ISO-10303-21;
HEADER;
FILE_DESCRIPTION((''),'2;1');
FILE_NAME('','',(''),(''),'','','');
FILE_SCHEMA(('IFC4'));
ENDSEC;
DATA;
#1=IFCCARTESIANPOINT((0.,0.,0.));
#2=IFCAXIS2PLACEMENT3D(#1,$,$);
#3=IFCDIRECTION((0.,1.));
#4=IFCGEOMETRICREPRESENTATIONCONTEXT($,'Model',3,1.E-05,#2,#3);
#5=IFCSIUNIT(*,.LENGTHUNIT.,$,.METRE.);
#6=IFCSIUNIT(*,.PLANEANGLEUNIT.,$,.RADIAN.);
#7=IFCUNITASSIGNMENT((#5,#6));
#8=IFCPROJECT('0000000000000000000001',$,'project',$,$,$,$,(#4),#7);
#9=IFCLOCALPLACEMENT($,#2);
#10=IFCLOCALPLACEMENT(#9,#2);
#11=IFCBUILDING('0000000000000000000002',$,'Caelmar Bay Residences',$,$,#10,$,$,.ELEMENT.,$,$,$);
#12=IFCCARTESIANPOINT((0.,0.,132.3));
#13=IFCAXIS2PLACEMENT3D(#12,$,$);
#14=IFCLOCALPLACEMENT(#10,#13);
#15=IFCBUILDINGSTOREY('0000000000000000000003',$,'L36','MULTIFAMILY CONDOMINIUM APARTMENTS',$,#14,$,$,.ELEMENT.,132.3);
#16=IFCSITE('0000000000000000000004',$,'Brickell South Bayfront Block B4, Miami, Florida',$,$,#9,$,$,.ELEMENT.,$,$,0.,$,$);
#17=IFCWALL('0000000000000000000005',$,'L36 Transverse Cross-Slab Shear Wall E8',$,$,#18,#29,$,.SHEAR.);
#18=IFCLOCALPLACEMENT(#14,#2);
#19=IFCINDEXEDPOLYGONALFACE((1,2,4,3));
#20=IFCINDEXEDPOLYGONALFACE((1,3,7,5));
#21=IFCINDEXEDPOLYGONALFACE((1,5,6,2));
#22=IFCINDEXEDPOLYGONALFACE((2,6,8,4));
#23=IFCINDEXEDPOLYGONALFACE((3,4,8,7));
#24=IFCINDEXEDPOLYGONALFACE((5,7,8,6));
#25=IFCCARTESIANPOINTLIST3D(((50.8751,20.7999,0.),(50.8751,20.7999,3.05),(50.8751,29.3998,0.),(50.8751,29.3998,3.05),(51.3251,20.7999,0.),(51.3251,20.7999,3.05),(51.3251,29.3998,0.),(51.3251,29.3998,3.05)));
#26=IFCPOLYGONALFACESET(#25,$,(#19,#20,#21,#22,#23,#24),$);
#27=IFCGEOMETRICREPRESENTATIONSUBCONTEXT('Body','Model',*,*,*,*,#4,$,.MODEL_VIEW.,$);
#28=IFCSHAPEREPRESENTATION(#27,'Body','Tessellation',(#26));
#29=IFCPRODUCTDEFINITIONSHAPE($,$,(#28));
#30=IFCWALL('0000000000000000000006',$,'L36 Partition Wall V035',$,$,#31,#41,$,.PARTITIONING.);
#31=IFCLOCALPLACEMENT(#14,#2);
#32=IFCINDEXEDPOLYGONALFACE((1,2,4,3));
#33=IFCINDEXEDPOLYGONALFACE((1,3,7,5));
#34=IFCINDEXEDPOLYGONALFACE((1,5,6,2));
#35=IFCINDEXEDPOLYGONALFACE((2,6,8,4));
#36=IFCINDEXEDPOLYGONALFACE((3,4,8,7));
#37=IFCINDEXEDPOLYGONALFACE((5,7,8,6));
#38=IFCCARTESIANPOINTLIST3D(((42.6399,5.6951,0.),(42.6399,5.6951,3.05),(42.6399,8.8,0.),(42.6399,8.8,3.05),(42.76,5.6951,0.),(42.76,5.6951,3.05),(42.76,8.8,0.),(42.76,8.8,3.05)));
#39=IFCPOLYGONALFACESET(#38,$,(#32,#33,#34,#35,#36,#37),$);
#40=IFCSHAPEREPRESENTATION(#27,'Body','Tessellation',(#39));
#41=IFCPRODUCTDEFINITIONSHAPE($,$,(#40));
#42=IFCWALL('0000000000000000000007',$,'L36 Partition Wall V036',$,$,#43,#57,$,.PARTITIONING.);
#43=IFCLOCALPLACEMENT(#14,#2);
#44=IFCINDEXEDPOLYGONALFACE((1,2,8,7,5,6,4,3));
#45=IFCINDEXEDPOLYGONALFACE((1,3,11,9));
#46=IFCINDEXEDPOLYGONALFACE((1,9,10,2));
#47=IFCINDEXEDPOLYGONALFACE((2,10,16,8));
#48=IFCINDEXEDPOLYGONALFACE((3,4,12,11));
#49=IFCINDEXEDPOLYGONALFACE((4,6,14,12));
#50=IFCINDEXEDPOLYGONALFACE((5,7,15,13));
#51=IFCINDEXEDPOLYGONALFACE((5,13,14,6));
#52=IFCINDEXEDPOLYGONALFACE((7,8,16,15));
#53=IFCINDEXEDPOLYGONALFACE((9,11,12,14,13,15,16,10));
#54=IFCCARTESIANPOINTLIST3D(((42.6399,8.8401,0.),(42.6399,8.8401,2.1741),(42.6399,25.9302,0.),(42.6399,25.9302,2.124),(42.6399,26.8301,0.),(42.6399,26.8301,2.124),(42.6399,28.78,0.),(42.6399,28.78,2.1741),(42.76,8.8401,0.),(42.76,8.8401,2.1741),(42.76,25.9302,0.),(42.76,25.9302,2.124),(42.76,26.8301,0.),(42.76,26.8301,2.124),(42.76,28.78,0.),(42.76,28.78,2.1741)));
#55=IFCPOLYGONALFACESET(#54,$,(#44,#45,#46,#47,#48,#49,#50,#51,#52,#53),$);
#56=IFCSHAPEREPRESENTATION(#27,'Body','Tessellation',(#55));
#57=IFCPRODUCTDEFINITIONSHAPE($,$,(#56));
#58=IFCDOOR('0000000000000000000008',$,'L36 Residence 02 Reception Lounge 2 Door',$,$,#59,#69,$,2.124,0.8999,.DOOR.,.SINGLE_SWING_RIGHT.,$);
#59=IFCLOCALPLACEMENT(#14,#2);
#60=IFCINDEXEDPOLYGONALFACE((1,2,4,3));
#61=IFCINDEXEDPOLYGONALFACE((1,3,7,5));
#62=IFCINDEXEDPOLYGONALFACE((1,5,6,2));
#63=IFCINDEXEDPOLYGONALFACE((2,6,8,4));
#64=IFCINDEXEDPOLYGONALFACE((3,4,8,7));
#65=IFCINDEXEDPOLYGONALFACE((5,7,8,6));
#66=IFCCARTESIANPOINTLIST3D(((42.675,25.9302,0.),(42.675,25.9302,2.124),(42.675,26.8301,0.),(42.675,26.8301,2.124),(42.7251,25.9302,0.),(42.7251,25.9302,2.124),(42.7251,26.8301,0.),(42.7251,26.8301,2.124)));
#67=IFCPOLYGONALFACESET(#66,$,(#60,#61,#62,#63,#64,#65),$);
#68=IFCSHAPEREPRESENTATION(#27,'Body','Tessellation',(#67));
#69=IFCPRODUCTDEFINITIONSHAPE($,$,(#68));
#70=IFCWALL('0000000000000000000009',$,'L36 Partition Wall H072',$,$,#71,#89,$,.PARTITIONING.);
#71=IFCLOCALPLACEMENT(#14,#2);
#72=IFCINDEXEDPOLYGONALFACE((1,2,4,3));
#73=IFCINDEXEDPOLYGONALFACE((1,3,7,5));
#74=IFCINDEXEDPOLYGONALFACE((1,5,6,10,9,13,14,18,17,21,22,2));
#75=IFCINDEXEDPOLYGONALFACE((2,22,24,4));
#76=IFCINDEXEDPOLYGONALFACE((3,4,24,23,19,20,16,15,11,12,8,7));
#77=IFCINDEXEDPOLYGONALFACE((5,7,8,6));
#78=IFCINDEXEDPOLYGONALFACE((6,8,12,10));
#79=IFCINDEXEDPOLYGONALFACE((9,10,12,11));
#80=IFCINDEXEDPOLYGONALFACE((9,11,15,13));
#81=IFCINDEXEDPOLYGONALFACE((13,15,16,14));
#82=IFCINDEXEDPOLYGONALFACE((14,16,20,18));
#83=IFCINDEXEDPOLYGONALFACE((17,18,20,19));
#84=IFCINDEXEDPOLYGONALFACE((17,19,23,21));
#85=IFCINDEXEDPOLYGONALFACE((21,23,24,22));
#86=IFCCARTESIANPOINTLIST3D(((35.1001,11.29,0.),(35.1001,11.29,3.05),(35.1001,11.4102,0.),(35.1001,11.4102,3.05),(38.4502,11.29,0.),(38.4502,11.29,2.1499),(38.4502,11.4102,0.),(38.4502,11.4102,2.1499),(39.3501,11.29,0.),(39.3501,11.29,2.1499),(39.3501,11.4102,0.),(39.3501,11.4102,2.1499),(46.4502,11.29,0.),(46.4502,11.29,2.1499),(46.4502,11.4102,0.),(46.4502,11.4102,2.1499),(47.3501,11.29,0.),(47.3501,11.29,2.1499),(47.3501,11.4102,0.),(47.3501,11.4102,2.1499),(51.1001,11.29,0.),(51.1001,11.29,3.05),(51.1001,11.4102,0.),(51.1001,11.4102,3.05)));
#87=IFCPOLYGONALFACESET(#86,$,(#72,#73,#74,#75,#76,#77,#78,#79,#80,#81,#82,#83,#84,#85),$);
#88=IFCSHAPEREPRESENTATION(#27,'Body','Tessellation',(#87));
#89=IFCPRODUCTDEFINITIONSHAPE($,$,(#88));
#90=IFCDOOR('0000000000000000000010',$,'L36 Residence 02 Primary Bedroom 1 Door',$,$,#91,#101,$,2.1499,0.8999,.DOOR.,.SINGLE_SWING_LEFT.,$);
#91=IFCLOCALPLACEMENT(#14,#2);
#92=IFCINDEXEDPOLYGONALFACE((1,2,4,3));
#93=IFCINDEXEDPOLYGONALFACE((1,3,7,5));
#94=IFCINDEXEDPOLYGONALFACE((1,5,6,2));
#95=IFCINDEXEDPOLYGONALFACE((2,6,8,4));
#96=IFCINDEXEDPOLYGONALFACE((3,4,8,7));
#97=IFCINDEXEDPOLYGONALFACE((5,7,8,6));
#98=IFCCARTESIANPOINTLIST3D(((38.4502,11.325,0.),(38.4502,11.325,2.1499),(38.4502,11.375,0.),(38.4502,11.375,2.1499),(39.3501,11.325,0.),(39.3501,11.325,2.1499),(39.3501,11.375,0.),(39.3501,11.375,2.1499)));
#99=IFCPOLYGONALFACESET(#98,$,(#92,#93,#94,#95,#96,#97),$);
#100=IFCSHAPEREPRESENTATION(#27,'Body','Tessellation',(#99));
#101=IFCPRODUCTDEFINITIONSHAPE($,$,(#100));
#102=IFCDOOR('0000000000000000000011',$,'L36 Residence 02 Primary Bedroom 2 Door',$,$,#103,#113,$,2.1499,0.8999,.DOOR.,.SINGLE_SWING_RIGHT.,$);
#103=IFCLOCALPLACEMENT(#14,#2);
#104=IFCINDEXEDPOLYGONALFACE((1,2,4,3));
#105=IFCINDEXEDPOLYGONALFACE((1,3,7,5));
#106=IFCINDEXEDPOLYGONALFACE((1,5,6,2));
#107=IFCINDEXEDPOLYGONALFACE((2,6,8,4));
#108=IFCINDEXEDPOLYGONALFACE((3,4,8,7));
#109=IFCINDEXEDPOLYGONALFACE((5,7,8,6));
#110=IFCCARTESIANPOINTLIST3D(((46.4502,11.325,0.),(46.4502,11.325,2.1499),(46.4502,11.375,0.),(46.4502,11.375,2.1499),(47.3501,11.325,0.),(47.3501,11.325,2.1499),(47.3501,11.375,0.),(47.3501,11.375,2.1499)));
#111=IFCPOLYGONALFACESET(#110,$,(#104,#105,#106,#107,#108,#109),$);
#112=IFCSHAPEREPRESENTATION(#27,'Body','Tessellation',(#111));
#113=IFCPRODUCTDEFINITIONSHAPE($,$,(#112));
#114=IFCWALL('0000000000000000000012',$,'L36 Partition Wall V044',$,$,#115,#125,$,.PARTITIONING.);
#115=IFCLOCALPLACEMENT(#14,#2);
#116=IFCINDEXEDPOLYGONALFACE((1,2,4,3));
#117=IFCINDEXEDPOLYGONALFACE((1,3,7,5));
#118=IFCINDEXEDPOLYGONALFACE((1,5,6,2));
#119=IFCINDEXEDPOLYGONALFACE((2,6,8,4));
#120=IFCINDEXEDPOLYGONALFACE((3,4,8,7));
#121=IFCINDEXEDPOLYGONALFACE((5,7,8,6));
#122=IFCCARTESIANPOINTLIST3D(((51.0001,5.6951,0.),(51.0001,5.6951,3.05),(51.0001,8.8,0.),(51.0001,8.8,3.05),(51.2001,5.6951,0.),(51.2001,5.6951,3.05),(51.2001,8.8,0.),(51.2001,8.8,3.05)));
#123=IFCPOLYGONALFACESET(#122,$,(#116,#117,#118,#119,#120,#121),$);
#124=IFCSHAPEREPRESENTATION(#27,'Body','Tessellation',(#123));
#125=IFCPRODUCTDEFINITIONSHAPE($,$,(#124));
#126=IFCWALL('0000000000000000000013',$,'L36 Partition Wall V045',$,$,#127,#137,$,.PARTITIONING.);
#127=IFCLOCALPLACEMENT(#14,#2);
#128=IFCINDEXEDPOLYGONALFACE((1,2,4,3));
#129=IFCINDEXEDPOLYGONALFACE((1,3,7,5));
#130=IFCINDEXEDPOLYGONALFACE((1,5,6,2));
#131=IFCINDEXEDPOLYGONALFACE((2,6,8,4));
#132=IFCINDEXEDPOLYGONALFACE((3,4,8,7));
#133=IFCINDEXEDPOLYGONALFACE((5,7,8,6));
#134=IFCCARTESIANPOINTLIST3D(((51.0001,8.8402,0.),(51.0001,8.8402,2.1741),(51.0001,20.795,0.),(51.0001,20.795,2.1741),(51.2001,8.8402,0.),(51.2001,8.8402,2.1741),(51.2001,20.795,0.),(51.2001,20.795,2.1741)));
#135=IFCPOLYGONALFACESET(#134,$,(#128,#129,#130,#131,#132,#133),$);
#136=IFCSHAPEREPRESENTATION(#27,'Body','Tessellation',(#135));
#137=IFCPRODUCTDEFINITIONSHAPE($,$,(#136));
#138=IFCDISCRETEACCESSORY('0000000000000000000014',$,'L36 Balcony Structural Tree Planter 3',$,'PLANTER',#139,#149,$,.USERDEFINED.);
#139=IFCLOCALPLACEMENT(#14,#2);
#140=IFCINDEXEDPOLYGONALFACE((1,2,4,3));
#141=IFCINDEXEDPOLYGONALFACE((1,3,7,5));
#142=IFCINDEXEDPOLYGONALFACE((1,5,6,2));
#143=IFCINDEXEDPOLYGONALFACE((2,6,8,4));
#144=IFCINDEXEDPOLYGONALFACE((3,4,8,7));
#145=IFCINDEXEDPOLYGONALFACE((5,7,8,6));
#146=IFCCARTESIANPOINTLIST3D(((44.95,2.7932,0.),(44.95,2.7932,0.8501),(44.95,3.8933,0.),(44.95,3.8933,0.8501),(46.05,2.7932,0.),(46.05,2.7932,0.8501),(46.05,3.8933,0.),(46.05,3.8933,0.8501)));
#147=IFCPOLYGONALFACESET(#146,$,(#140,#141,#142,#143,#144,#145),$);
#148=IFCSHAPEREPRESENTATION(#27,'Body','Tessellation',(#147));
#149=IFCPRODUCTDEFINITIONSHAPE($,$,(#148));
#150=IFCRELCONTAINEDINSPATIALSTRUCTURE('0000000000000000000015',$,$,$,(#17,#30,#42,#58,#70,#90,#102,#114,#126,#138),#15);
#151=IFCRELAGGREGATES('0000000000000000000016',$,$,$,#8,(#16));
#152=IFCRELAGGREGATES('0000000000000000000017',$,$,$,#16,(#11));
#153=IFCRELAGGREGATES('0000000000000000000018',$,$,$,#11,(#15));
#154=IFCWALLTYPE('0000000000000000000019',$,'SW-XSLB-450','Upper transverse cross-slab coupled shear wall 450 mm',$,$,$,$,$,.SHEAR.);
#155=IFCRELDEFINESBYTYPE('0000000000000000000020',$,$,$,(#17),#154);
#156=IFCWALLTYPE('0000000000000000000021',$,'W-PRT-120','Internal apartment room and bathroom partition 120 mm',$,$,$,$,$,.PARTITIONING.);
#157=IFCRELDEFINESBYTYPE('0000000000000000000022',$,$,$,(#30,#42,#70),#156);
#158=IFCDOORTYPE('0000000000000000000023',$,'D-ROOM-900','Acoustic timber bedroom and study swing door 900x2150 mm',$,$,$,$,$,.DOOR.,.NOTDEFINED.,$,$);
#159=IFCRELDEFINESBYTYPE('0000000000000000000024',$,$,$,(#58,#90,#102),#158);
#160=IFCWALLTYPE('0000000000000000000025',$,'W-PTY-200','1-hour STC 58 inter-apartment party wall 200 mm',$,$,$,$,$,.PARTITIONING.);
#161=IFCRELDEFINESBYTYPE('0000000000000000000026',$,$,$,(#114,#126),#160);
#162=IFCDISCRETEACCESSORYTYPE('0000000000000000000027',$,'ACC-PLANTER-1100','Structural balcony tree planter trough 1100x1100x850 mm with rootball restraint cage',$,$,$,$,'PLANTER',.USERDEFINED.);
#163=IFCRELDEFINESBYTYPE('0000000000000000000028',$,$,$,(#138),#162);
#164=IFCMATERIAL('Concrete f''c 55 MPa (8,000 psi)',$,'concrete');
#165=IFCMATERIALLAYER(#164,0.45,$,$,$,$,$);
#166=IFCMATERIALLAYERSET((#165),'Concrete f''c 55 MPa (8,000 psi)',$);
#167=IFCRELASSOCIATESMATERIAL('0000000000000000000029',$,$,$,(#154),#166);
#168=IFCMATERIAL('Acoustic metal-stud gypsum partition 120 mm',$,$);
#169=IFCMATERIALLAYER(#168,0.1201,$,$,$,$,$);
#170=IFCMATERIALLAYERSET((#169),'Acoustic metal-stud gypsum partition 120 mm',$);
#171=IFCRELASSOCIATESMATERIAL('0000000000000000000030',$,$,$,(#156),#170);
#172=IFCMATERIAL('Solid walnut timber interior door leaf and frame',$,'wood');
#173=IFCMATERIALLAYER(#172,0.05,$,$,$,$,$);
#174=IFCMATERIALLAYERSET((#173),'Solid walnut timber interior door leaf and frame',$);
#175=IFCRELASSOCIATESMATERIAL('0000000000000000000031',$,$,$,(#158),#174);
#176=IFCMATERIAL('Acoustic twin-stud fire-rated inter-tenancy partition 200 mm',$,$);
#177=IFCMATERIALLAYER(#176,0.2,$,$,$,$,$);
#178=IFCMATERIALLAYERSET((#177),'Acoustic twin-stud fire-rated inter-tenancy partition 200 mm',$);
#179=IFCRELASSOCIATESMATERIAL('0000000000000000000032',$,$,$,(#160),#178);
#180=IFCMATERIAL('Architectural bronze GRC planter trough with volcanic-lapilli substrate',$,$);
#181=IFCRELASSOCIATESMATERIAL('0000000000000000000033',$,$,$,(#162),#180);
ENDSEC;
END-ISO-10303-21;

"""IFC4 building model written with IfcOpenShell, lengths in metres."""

from ifc_helpers import new_model, si_unit, direction, frame, frame_2d, origin, origin_2d, place, context, subcontext, project, spatial, rectangle, extrude, material, layer, layer_set, type_object, element, fill, save


model = new_model("IFC4")

# Units and contexts
model_context = context("Model", 3, precision=1e-05, world=origin(), true_north=direction((0.0, 1.0)))
body_context = subcontext(model_context, "Body", "Model", "MODEL_VIEW")
ifc_project = project(units=[si_unit("LENGTHUNIT", "METRE"), si_unit("PLANEANGLEUNIT", "RADIAN")], contexts=[model_context])

# Site, building, storey
site_placement = place(None, origin())
site = spatial("IfcSite", under=ifc_project, at=site_placement, Name="Brickell South Bayfront Block B4, Miami, Florida", CompositionType="ELEMENT", RefElevation=0.0)
building_placement = place(site_placement, origin())
building = spatial("IfcBuilding", under=site, at=building_placement, Name="Caelmar Bay Residences", CompositionType="ELEMENT")
storey_placement = place(building_placement, frame((0.0, 0.0, 132.3)))
storey = spatial("IfcBuildingStorey", under=building, at=storey_placement, Name="L36", Description="MULTIFAMILY CONDOMINIUM APARTMENTS", CompositionType="ELEMENT", Elevation=132.3)

# Walls
ifc_material_1 = material(Name="Concrete f'c 55 MPa (8,000 psi)", Category="concrete")
ifc_layer_1 = layer(ifc_material_1, 0.45)
ifc_layer_set_1 = layer_set([ifc_layer_1], Name="Concrete f'c 55 MPa (8,000 psi)")
wall_type_1 = type_object("IfcWallType", Name="SW-XSLB-450", Description="Upper transverse cross-slab coupled shear wall 450 mm", PredefinedType="SHEAR", material=ifc_layer_set_1)
wall_1_placement = place(storey_placement, frame((51.1001, 20.8, 0.0), z_axis=(0.0, 0.0, 1.0), x_axis=(0.0, 1.0, 0.0)))
element("IfcWall", 1, at=wall_1_placement, inside=storey, type_object=wall_type_1, Name="L36 Transverse Cross-Slab Shear Wall E8", PredefinedType="SHEAR", context=body_context, shape_type="SweptSolid", body=[
    extrude(rectangle(XDim=8.5999, YDim=0.45, at=frame_2d((4.2998, 0.0))), origin(), (0.0, 0.0, 1.0), 3.05),
])
ifc_material_2 = material(Name="Acoustic metal-stud gypsum partition 120 mm")
ifc_layer_2 = layer(ifc_material_2, 0.1201)
ifc_layer_set_2 = layer_set([ifc_layer_2], Name="Acoustic metal-stud gypsum partition 120 mm")
wall_type_2 = type_object("IfcWallType", Name="W-PRT-120", Description="Internal apartment room and bathroom partition 120 mm", PredefinedType="PARTITIONING", material=ifc_layer_set_2)
wall_2_placement = place(storey_placement, frame((42.7, 5.6951, 0.0), z_axis=(0.0, 0.0, 1.0), x_axis=(0.0, 1.0, 0.0)))
element("IfcWall", 2, at=wall_2_placement, inside=storey, type_object=wall_type_2, Name="L36 Partition Wall V035", PredefinedType="PARTITIONING", context=body_context, shape_type="SweptSolid", body=[
    extrude(rectangle(XDim=3.105, YDim=0.1201, at=frame_2d((1.5525, 0.0))), origin(), (0.0, 0.0, 1.0), 3.05),
])

# Wall, opening, door
wall_3_placement = place(storey_placement, frame((42.7, 8.8401, 0.0), z_axis=(0.0, 0.0, 1.0), x_axis=(0.0, 1.0, 0.0)))
wall_3 = element("IfcWall", 3, at=wall_3_placement, inside=storey, type_object=wall_type_2, Name="L36 Partition Wall V036", PredefinedType="PARTITIONING", context=body_context, shape_type="SweptSolid", body=[
    extrude(rectangle(XDim=19.9399, YDim=0.1201, at=frame_2d((9.97, 0.0))), origin(), (0.0, 0.0, 1.0), 2.1741),
])
opening_1_placement = place(wall_3_placement, frame((17.0901, 0.0, 0.0)))
opening_1 = element("IfcOpeningElement", 4, at=opening_1_placement, cuts=wall_3, PredefinedType="OPENING", context=body_context, shape_type="SweptSolid", body=[
    extrude(rectangle(XDim=0.8999, YDim=2.124, at=frame_2d((0.45, 1.062))), frame((0.0, 0.0701, 0.0), z_axis=(0.0, -1.0, 0.0), x_axis=(1.0, 0.0, 0.0)), (0.0, 0.0, 1.0), 0.1401),
])
ifc_material_3 = material(Name="Solid walnut timber interior door leaf and frame", Category="wood")
ifc_layer_3 = layer(ifc_material_3, 0.05)
ifc_layer_set_3 = layer_set([ifc_layer_3], Name="Solid walnut timber interior door leaf and frame")
door_type = type_object("IfcDoorType", Name="D-ROOM-900", Description="Acoustic timber bedroom and study swing door 900x2150 mm", OperationType="NOTDEFINED", PredefinedType="DOOR", material=ifc_layer_set_3)
door_1_placement = place(opening_1_placement, origin())
door_1 = element("IfcDoor", 5, at=door_1_placement, inside=storey, type_object=door_type, Name="L36 Residence 02 Reception Lounge 2 Door", OperationType="SINGLE_SWING_RIGHT", OverallHeight=2.124, OverallWidth=0.8999, PredefinedType="DOOR", context=body_context, shape_type="SweptSolid", body=[
    extrude(rectangle(XDim=0.8999, YDim=2.124, at=frame_2d((0.45, 1.062))), frame((0.0, 0.0249, 0.0), z_axis=(0.0, -1.0, 0.0), x_axis=(1.0, 0.0, 0.0)), (0.0, 0.0, 1.0), 0.05),
])
fill(opening_1, door_1)

# Wall, openings, doors
wall_4_placement = place(storey_placement, frame((35.1001, 11.3501, 0.0), z_axis=(0.0, 0.0, 1.0), x_axis=(1.0, 0.0, 0.0)))
wall_4 = element("IfcWall", 6, at=wall_4_placement, inside=storey, type_object=wall_type_2, Name="L36 Partition Wall H072", PredefinedType="PARTITIONING", context=body_context, shape_type="SweptSolid", body=[
    extrude(rectangle(XDim=16.0, YDim=0.1201, at=frame_2d((8.0, 0.0))), origin(), (0.0, 0.0, 1.0), 3.05),
])
opening_2_placement = place(wall_4_placement, frame((3.3501, 0.0, 0.0)))
opening_2 = element("IfcOpeningElement", 7, at=opening_2_placement, cuts=wall_4, PredefinedType="OPENING", context=body_context, shape_type="SweptSolid", body=[
    extrude(rectangle(XDim=0.8999, YDim=2.1499, at=frame_2d((0.45, 1.075))), frame((0.0, 0.0701, 0.0), z_axis=(0.0, -1.0, 0.0), x_axis=(1.0, 0.0, 0.0)), (0.0, 0.0, 1.0), 0.1401),
])
opening_3_placement = place(wall_4_placement, frame((11.3501, 0.0, 0.0)))
opening_3 = element("IfcOpeningElement", 8, at=opening_3_placement, cuts=wall_4, PredefinedType="OPENING", context=body_context, shape_type="SweptSolid", body=[
    extrude(rectangle(XDim=0.8999, YDim=2.1499, at=frame_2d((0.45, 1.075))), frame((0.0, 0.0701, 0.0), z_axis=(0.0, -1.0, 0.0), x_axis=(1.0, 0.0, 0.0)), (0.0, 0.0, 1.0), 0.1401),
])
door_2_placement = place(opening_2_placement, origin())
door_2 = element("IfcDoor", 9, at=door_2_placement, inside=storey, type_object=door_type, Name="L36 Residence 02 Primary Bedroom 1 Door", OperationType="SINGLE_SWING_LEFT", OverallHeight=2.1499, OverallWidth=0.8999, PredefinedType="DOOR", context=body_context, shape_type="SweptSolid", body=[
    extrude(rectangle(XDim=0.8999, YDim=2.1499, at=frame_2d((0.45, 1.075))), frame((0.0, 0.0249, 0.0), z_axis=(0.0, -1.0, 0.0), x_axis=(1.0, 0.0, 0.0)), (0.0, 0.0, 1.0), 0.05),
])
fill(opening_2, door_2)
door_3_placement = place(opening_3_placement, origin())
door_3 = element("IfcDoor", 10, at=door_3_placement, inside=storey, type_object=door_type, Name="L36 Residence 02 Primary Bedroom 2 Door", OperationType="SINGLE_SWING_RIGHT", OverallHeight=2.1499, OverallWidth=0.8999, PredefinedType="DOOR", context=body_context, shape_type="SweptSolid", body=[
    extrude(rectangle(XDim=0.8999, YDim=2.1499, at=frame_2d((0.45, 1.075))), frame((0.0, 0.0249, 0.0), z_axis=(0.0, -1.0, 0.0), x_axis=(1.0, 0.0, 0.0)), (0.0, 0.0, 1.0), 0.05),
])
fill(opening_3, door_3)

# Walls
ifc_material_4 = material(Name="Acoustic twin-stud fire-rated inter-tenancy partition 200 mm")
ifc_layer_4 = layer(ifc_material_4, 0.2)
ifc_layer_set_4 = layer_set([ifc_layer_4], Name="Acoustic twin-stud fire-rated inter-tenancy partition 200 mm")
wall_type_3 = type_object("IfcWallType", Name="W-PTY-200", Description="1-hour STC 58 inter-apartment party wall 200 mm", PredefinedType="PARTITIONING", material=ifc_layer_set_4)
wall_5_placement = place(storey_placement, frame((51.1001, 5.6951, 0.0), z_axis=(0.0, 0.0, 1.0), x_axis=(0.0, 1.0, 0.0)))
element("IfcWall", 11, at=wall_5_placement, inside=storey, type_object=wall_type_3, Name="L36 Partition Wall V044", PredefinedType="PARTITIONING", context=body_context, shape_type="SweptSolid", body=[
    extrude(rectangle(XDim=3.105, YDim=0.2, at=frame_2d((1.5525, 0.0))), origin(), (0.0, 0.0, 1.0), 3.05),
])
wall_6_placement = place(storey_placement, frame((51.1001, 8.8401, 0.0), z_axis=(0.0, 0.0, 1.0), x_axis=(0.0, 1.0, 0.0)))
element("IfcWall", 12, at=wall_6_placement, inside=storey, type_object=wall_type_3, Name="L36 Partition Wall V045", PredefinedType="PARTITIONING", context=body_context, shape_type="SweptSolid", body=[
    extrude(rectangle(XDim=11.9548, YDim=0.2, at=frame_2d((5.9775, 0.0))), origin(), (0.0, 0.0, 1.0), 2.1741),
])

# Discrete accessory
ifc_material_5 = material(Name="Architectural bronze GRC planter trough with volcanic-lapilli substrate")
discrete_accessory_type = type_object("IfcDiscreteAccessoryType", Name="ACC-PLANTER-1100", Description="Structural balcony tree planter trough 1100x1100x850 mm with rootball restraint cage", ElementType="PLANTER", PredefinedType="USERDEFINED", material=ifc_material_5)
discrete_accessory_placement = place(storey_placement, frame((45.5, 3.3433, 0.0), z_axis=(0.0, 0.0, 1.0), x_axis=(1.0, 0.0, 0.0)))
element("IfcDiscreteAccessory", 13, at=discrete_accessory_placement, inside=storey, type_object=discrete_accessory_type, Name="L36 Balcony Structural Tree Planter 3", ObjectType="PLANTER", PredefinedType="USERDEFINED", context=body_context, shape_type="SweptSolid", body=[
    extrude(rectangle(XDim=1.1001, YDim=1.1001, at=origin_2d()), origin(), (0.0, 0.0, 1.0), 0.8501),
])

save(model, "model.ifc")
